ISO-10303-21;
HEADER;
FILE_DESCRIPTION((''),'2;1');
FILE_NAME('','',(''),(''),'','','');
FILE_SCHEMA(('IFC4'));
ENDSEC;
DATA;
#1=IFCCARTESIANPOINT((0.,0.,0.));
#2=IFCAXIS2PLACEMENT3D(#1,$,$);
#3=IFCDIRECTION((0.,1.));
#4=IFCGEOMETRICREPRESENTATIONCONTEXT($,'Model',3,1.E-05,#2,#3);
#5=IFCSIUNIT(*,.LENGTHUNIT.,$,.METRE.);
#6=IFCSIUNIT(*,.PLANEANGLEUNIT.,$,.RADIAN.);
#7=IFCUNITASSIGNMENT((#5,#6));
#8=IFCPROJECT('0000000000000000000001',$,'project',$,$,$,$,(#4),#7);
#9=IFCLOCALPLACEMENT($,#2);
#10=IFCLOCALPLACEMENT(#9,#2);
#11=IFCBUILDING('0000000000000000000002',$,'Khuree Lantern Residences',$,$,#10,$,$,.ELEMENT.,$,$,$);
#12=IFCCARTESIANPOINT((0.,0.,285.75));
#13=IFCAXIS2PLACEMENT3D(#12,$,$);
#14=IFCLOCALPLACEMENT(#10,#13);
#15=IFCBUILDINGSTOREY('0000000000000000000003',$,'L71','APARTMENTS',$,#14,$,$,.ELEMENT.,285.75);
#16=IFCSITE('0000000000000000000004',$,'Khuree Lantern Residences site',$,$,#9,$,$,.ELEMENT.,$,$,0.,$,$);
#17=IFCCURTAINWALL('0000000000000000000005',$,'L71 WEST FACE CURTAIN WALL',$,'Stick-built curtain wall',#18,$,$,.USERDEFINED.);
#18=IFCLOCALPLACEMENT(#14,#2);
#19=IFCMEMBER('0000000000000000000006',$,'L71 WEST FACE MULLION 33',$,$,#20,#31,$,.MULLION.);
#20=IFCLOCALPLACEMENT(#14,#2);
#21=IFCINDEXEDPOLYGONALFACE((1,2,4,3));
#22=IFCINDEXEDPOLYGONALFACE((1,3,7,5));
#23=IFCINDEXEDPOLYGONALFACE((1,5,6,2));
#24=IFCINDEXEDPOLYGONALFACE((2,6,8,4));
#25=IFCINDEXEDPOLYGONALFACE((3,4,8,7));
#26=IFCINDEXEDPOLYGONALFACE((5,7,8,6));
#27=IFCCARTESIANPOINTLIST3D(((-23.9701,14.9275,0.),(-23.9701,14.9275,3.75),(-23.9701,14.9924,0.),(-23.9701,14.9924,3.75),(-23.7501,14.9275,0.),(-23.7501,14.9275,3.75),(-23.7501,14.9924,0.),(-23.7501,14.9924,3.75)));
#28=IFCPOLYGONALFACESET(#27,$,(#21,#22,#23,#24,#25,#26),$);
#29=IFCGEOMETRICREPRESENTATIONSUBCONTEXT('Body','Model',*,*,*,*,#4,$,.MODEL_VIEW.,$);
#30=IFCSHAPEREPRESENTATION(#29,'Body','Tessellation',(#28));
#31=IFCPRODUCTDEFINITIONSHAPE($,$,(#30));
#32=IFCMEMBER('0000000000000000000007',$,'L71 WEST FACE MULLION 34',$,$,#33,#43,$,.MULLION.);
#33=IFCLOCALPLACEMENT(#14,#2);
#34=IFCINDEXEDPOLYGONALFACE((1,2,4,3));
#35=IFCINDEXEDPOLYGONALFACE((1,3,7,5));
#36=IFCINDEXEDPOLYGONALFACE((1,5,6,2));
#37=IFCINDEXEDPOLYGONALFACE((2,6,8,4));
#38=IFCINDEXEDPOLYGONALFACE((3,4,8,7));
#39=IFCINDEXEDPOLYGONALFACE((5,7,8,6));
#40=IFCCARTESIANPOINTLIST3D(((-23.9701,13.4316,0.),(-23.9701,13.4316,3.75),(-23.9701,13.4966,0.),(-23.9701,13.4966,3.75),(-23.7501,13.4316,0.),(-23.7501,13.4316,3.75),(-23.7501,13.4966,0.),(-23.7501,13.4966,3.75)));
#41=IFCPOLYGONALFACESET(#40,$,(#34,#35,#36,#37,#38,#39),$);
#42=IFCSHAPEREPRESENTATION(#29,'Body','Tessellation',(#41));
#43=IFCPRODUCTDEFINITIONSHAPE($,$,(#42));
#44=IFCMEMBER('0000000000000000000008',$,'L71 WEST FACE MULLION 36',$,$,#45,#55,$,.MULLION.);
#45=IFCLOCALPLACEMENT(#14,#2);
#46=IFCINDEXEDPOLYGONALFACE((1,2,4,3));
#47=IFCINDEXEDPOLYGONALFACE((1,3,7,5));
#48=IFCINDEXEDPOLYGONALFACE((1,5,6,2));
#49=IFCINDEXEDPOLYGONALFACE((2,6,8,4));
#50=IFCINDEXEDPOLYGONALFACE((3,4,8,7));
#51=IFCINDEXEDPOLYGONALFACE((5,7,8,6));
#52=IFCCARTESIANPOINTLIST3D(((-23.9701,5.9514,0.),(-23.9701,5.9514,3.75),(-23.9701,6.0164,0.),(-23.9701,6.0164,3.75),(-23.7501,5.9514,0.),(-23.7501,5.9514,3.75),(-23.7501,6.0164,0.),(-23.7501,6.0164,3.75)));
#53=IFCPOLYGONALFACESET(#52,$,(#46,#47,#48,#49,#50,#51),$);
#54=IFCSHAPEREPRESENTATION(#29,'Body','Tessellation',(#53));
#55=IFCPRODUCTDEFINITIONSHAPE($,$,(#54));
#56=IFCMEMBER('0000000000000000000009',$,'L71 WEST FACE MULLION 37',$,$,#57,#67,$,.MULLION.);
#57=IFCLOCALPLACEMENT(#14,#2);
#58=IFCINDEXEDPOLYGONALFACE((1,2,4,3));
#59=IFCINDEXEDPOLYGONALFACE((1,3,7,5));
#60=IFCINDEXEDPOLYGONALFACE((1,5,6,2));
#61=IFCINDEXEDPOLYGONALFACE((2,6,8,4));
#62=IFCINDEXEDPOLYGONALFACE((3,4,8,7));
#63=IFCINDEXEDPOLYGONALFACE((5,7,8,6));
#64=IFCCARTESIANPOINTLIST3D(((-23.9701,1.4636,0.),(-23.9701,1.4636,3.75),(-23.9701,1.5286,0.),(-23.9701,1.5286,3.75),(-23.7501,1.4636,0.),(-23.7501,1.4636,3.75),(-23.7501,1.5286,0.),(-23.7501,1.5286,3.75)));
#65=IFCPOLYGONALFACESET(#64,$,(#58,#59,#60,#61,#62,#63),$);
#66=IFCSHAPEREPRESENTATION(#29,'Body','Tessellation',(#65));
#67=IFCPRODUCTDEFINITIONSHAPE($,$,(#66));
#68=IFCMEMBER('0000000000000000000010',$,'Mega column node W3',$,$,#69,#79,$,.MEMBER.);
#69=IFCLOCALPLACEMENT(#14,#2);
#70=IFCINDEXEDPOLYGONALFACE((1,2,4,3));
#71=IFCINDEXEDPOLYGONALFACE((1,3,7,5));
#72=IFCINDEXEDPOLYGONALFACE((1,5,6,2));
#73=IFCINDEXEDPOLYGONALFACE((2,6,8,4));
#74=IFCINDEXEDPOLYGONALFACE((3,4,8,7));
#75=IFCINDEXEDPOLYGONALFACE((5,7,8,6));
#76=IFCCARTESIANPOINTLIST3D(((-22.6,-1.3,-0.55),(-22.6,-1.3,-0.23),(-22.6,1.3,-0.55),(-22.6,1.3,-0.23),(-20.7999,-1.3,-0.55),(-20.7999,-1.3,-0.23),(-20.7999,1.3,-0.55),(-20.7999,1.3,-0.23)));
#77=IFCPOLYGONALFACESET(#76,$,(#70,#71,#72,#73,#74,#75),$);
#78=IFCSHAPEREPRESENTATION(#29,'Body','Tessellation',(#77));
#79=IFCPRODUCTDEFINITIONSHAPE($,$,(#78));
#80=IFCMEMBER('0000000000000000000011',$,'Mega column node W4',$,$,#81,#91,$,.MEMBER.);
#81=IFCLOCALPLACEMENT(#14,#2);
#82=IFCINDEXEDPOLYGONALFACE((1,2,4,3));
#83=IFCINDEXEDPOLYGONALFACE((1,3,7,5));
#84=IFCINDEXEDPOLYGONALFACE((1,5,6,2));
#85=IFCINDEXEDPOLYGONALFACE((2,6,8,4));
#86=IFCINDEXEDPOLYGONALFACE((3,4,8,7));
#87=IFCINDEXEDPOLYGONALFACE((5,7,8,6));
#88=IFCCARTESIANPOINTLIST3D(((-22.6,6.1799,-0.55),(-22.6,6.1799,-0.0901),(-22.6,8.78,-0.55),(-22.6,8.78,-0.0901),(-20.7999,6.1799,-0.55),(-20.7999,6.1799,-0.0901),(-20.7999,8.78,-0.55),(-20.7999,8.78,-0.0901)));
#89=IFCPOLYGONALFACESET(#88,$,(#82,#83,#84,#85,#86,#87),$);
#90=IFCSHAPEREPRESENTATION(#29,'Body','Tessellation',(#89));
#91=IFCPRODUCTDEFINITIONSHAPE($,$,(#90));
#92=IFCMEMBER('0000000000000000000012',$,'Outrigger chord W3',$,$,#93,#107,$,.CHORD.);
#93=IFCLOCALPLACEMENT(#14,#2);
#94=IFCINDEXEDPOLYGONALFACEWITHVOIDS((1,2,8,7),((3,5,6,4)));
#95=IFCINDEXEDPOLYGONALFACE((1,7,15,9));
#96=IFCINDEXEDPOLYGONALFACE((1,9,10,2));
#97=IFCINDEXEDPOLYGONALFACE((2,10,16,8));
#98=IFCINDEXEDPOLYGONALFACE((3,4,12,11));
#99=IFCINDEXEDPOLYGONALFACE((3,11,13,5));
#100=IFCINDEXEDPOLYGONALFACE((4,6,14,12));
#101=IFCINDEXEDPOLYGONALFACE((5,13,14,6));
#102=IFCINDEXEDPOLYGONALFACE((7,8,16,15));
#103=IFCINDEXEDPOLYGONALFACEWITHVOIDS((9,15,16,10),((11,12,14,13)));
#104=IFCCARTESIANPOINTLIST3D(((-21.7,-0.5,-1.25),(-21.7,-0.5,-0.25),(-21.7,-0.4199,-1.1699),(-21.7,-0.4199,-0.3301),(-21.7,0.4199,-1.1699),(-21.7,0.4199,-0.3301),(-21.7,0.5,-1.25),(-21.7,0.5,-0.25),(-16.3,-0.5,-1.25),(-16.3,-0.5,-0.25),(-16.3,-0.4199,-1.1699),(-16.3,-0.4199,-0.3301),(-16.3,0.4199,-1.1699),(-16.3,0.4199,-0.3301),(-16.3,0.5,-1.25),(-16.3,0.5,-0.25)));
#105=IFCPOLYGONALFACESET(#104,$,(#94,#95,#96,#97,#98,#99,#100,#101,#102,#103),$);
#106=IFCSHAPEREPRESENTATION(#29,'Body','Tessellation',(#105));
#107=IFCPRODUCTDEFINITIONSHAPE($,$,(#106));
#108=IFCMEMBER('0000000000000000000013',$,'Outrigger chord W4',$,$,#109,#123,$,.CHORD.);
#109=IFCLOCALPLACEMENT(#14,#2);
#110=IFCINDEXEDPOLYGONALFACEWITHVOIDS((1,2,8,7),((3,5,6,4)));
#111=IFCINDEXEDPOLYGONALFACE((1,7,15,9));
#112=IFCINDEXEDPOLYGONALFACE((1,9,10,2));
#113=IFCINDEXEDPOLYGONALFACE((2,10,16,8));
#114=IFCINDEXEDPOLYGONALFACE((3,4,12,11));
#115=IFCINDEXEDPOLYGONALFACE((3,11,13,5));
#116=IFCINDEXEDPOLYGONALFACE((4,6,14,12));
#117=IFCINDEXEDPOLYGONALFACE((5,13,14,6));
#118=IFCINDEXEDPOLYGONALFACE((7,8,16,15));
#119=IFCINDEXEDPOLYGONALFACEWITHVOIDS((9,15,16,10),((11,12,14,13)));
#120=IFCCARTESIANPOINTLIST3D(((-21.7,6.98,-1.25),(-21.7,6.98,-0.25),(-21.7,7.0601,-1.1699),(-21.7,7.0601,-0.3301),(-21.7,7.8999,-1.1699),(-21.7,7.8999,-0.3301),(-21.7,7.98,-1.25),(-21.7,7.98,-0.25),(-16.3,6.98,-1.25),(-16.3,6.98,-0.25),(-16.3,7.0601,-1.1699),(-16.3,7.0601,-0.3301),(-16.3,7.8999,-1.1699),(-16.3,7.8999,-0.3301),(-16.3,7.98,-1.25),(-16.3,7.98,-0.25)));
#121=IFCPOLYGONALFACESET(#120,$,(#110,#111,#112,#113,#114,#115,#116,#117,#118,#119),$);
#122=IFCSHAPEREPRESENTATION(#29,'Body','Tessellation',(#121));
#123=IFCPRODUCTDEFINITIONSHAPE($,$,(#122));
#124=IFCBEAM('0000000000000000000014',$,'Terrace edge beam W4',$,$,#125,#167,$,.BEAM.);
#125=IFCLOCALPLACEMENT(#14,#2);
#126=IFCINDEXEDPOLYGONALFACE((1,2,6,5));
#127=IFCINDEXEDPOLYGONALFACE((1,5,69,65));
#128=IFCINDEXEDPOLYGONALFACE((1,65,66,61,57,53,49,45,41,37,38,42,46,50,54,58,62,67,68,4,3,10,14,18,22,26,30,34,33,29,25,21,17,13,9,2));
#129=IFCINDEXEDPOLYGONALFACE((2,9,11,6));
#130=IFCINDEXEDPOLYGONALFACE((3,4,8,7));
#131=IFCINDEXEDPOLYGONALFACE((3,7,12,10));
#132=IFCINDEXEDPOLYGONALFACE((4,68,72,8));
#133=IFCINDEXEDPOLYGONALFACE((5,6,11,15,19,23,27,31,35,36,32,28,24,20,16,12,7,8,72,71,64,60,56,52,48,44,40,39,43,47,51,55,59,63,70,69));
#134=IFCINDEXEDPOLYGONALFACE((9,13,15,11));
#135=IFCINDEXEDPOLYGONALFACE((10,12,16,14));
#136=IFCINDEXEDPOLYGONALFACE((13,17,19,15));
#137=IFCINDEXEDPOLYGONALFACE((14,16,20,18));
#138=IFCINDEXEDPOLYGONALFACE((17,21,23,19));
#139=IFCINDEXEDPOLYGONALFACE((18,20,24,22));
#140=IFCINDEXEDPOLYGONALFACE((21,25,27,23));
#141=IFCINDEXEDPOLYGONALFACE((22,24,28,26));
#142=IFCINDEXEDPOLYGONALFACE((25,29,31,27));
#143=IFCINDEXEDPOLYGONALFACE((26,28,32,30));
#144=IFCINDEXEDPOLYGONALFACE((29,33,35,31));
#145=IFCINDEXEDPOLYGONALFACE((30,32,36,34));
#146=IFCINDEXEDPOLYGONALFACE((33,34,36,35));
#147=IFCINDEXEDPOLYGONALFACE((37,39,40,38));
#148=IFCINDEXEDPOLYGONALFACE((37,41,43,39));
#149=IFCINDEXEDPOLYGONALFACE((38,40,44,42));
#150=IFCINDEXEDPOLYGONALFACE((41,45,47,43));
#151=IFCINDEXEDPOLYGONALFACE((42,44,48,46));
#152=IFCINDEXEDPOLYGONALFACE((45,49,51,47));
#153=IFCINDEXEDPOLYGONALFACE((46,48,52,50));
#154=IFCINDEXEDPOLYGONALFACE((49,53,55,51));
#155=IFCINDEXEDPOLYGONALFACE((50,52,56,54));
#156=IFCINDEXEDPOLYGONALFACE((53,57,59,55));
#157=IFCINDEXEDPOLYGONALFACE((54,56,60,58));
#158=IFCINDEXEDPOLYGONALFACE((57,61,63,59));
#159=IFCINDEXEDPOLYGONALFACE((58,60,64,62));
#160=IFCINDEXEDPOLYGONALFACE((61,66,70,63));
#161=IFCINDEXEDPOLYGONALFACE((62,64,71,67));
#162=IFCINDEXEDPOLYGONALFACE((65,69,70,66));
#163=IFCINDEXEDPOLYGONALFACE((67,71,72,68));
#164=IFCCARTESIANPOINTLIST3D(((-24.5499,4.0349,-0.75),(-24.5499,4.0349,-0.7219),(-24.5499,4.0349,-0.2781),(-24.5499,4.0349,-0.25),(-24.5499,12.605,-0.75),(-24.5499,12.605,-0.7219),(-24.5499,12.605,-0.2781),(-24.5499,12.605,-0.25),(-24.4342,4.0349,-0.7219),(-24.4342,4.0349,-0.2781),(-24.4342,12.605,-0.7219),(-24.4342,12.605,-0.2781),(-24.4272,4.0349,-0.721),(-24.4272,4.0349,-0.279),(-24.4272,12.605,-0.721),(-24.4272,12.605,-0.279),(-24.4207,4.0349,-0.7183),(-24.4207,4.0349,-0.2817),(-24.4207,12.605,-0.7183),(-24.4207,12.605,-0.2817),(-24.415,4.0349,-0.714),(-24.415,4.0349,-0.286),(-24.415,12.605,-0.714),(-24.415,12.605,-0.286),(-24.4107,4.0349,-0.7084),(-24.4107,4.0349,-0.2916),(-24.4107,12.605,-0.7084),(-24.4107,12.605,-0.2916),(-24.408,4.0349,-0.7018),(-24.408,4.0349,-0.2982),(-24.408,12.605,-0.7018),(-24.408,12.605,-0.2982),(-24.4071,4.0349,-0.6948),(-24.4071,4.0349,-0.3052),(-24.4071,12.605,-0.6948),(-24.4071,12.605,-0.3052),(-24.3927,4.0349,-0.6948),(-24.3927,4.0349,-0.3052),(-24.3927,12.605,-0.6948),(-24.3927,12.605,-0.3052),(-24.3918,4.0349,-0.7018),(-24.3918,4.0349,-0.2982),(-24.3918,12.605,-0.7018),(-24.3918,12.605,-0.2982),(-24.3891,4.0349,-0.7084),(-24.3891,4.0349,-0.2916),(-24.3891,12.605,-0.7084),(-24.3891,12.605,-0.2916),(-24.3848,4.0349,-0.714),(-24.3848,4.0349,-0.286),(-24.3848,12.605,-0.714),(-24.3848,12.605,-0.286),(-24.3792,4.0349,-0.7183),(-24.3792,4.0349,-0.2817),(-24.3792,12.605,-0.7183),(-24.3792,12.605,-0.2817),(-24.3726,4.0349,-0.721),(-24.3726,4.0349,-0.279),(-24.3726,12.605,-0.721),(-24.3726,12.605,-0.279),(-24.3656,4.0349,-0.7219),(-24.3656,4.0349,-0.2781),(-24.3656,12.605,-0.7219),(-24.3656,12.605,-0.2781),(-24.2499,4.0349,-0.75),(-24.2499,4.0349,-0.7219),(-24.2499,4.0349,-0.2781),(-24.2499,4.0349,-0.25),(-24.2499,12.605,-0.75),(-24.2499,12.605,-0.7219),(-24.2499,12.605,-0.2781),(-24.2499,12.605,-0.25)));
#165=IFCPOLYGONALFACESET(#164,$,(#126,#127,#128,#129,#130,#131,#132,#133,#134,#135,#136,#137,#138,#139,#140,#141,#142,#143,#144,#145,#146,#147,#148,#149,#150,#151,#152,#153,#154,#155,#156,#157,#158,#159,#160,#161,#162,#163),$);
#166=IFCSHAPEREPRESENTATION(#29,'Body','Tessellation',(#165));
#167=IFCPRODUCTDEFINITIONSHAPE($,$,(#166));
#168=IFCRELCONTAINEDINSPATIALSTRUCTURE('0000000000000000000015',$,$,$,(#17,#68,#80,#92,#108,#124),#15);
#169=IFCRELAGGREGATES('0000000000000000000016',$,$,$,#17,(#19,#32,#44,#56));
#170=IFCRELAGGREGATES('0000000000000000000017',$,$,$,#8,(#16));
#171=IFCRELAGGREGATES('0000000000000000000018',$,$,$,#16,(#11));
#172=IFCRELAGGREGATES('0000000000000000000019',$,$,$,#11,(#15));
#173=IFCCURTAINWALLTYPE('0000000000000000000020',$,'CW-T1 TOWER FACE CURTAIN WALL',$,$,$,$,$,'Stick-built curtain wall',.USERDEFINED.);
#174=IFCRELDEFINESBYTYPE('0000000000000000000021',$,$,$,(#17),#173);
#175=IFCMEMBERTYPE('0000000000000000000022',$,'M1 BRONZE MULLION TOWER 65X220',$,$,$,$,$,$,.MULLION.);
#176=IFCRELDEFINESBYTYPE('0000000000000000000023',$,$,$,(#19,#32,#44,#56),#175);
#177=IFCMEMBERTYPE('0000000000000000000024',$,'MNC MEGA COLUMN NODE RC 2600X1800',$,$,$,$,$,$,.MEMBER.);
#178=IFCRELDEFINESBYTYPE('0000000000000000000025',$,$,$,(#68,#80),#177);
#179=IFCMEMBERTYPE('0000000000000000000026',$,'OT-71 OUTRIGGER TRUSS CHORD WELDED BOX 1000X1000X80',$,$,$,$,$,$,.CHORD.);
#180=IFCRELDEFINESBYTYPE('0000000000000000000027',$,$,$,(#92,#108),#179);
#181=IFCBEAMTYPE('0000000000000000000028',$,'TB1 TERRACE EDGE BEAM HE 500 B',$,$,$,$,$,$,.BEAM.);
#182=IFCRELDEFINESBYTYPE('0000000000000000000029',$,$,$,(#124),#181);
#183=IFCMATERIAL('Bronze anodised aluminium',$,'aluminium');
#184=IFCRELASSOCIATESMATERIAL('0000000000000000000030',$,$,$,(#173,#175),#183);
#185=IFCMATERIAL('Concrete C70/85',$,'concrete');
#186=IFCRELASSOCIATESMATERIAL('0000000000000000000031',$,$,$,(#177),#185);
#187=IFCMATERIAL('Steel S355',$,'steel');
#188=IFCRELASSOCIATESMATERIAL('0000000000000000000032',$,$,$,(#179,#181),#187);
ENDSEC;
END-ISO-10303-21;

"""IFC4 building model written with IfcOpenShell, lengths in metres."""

from ifc_helpers import new_model, si_unit, direction, frame, origin, origin_2d, place, context, subcontext, project, spatial, rectangle, hollow_rectangle, i_section, extrude, material, material_profile, profile_set, type_object, element, aggregate, save


model = new_model("IFC4")

# Units and contexts
model_context = context("Model", 3, precision=1e-05, world=origin(), true_north=direction((0.0, 1.0)))
body_context = subcontext(model_context, "Body", "Model", "MODEL_VIEW")
ifc_project = project(units=[si_unit("LENGTHUNIT", "METRE"), si_unit("PLANEANGLEUNIT", "RADIAN")], contexts=[model_context])

# Site, building, storey
site_placement = place(None, origin())
site = spatial("IfcSite", under=ifc_project, at=site_placement, Name="Khuree Lantern Residences site", CompositionType="ELEMENT", RefElevation=0.0)
building_placement = place(site_placement, origin())
building = spatial("IfcBuilding", under=site, at=building_placement, Name="Khuree Lantern Residences", CompositionType="ELEMENT")
storey_placement = place(building_placement, frame((0.0, 0.0, 285.75)))
storey = spatial("IfcBuildingStorey", under=building, at=storey_placement, Name="L71", Description="APARTMENTS", CompositionType="ELEMENT", Elevation=285.75)

# Shared definitions
ifc_material_1 = material(Name="Concrete C70/85", Category="concrete")

# Shared definitions
ifc_material_2 = material(Name="Steel S355", Category="steel")

# Curtain wall, members
ifc_material_3 = material(Name="Bronze anodised aluminium", Category="aluminium")
curtain_wall_type = type_object("IfcCurtainWallType", Name="CW-T1 TOWER FACE CURTAIN WALL", ElementType="Stick-built curtain wall", PredefinedType="USERDEFINED", material=ifc_material_3)
curtain_wall_placement = place(storey_placement, origin())
curtain_wall = element("IfcCurtainWall", 1, at=curtain_wall_placement, inside=storey, type_object=curtain_wall_type, Name="L71 WEST FACE CURTAIN WALL", ObjectType="Stick-built curtain wall", PredefinedType="USERDEFINED")
ifc_material_profile_1 = material_profile(ifc_material_3, rectangle(XDim=0.0649, YDim=0.22, at=origin_2d()), Name="M1 65X220")
ifc_profile_set_1 = profile_set([ifc_material_profile_1], Name="Bronze anodised aluminium")
member_type_1 = type_object("IfcMemberType", Name="M1 BRONZE MULLION TOWER 65X220", PredefinedType="MULLION", material=ifc_profile_set_1)
member_1_placement = place(storey_placement, frame((-23.8601, 14.96, 0.0), z_axis=(0.0, 0.0, 1.0), x_axis=(0.0, -1.0, 0.0)))
member_1 = element("IfcMember", 2, at=member_1_placement, type_object=member_type_1, Name="L71 WEST FACE MULLION 33", PredefinedType="MULLION", context=body_context, shape_type="SweptSolid", body=[
    extrude(rectangle(XDim=0.0649, YDim=0.22, at=origin_2d()), origin(), (0.0, 0.0, 1.0), 3.75),
])
member_2_placement = place(storey_placement, frame((-23.8601, 13.4641, 0.0), z_axis=(0.0, 0.0, 1.0), x_axis=(0.0, -1.0, 0.0)))
member_2 = element("IfcMember", 3, at=member_2_placement, type_object=member_type_1, Name="L71 WEST FACE MULLION 34", PredefinedType="MULLION", context=body_context, shape_type="SweptSolid", body=[
    extrude(rectangle(XDim=0.0649, YDim=0.22, at=origin_2d()), origin(), (0.0, 0.0, 1.0), 3.75),
])
member_3_placement = place(storey_placement, frame((-23.8601, 5.9839, 0.0), z_axis=(0.0, 0.0, 1.0), x_axis=(0.0, -1.0, 0.0)))
member_3 = element("IfcMember", 4, at=member_3_placement, type_object=member_type_1, Name="L71 WEST FACE MULLION 36", PredefinedType="MULLION", context=body_context, shape_type="SweptSolid", body=[
    extrude(rectangle(XDim=0.0649, YDim=0.22, at=origin_2d()), origin(), (0.0, 0.0, 1.0), 3.75),
])
member_4_placement = place(storey_placement, frame((-23.8601, 1.4961, 0.0), z_axis=(0.0, 0.0, 1.0), x_axis=(0.0, -1.0, 0.0)))
member_4 = element("IfcMember", 5, at=member_4_placement, type_object=member_type_1, Name="L71 WEST FACE MULLION 37", PredefinedType="MULLION", context=body_context, shape_type="SweptSolid", body=[
    extrude(rectangle(XDim=0.0649, YDim=0.22, at=origin_2d()), origin(), (0.0, 0.0, 1.0), 3.75),
])

# Members
ifc_material_profile_2 = material_profile(ifc_material_1, rectangle(XDim=2.6001, YDim=1.8, at=origin_2d()), Name="RC 2600X1800")
ifc_profile_set_2 = profile_set([ifc_material_profile_2], Name="Concrete C70/85")
member_type_2 = type_object("IfcMemberType", Name="MNC MEGA COLUMN NODE RC 2600X1800", PredefinedType="MEMBER", material=ifc_profile_set_2)
member_5_placement = place(storey_placement, frame((-21.7, 0.0, -0.55), z_axis=(0.0, 0.0, 1.0), x_axis=(0.0, 1.0, 0.0)))
element("IfcMember", 6, at=member_5_placement, inside=storey, type_object=member_type_2, Name="Mega column node W3", PredefinedType="MEMBER", context=body_context, shape_type="SweptSolid", body=[
    extrude(rectangle(XDim=2.6001, YDim=1.8, at=origin_2d()), origin(), (0.0, 0.0, 1.0), 0.3201),
])
member_6_placement = place(storey_placement, frame((-21.7, 7.48, -0.55), z_axis=(0.0, 0.0, 1.0), x_axis=(0.0, 1.0, 0.0)))
element("IfcMember", 7, at=member_6_placement, inside=storey, type_object=member_type_2, Name="Mega column node W4", PredefinedType="MEMBER", context=body_context, shape_type="SweptSolid", body=[
    extrude(rectangle(XDim=2.6001, YDim=1.8, at=origin_2d()), origin(), (0.0, 0.0, 1.0), 0.46),
])
ifc_material_profile_3 = material_profile(ifc_material_2, hollow_rectangle(XDim=1.0, YDim=1.0, WallThickness=0.0801, at=origin_2d()), Name="WELDED BOX 1000X1000X80")
ifc_profile_set_3 = profile_set([ifc_material_profile_3], Name="Steel S355")
member_type_3 = type_object("IfcMemberType", Name="OT-71 OUTRIGGER TRUSS CHORD WELDED BOX 1000X1000X80", PredefinedType="CHORD", material=ifc_profile_set_3)
for number, where, z_axis, x_axis, name in (
    (8, (-21.7, 0.0, -0.75), (1.0, 0.0, 0.0), (0.0, 1.0, 0.0), "Outrigger chord W3"),
    (9, (-21.7, 7.48, -0.75), (1.0, 0.0, 0.0), (0.0, 1.0, 0.0), "Outrigger chord W4"),
):
    element("IfcMember", number, at=place(storey_placement, frame(where, z_axis=z_axis, x_axis=x_axis)), inside=storey, type_object=member_type_3, Name=name, PredefinedType="CHORD", context=body_context, shape_type="SweptSolid", body=[
        extrude(hollow_rectangle(XDim=1.0, YDim=1.0, WallThickness=0.0801, at=origin_2d()), origin(), (0.0, 0.0, 1.0), 5.3999),
    ])

# Beam
ifc_material_profile_4 = material_profile(ifc_material_2, i_section(OverallWidth=0.3, OverallDepth=0.5, WebThickness=0.0144, FlangeThickness=0.0281, FilletRadius=0.0271, at=origin_2d()), Name="HE 500 B")
ifc_profile_set_4 = profile_set([ifc_material_profile_4], Name="Steel S355")
beam_type_1 = type_object("IfcBeamType", Name="TB1 TERRACE EDGE BEAM HE 500 B", PredefinedType="BEAM", material=ifc_profile_set_4)
beam_1_placement = place(storey_placement, frame((-24.3999, 4.0349, -0.5), z_axis=(0.0, 1.0, 0.0), x_axis=(-1.0, 0.0, 0.0)))
element("IfcBeam", 10, at=beam_1_placement, inside=storey, type_object=beam_type_1, Name="Terrace edge beam W4", PredefinedType="BEAM", context=body_context, shape_type="SweptSolid", body=[
    extrude(i_section(OverallWidth=0.3, OverallDepth=0.5, WebThickness=0.0144, FlangeThickness=0.0281, FilletRadius=0.0271, at=origin_2d()), origin(), (0.0, 0.0, 1.0), 8.5701),
])

aggregate(curtain_wall, [member_1, member_2, member_3, member_4])

save(model, "model.ifc")
